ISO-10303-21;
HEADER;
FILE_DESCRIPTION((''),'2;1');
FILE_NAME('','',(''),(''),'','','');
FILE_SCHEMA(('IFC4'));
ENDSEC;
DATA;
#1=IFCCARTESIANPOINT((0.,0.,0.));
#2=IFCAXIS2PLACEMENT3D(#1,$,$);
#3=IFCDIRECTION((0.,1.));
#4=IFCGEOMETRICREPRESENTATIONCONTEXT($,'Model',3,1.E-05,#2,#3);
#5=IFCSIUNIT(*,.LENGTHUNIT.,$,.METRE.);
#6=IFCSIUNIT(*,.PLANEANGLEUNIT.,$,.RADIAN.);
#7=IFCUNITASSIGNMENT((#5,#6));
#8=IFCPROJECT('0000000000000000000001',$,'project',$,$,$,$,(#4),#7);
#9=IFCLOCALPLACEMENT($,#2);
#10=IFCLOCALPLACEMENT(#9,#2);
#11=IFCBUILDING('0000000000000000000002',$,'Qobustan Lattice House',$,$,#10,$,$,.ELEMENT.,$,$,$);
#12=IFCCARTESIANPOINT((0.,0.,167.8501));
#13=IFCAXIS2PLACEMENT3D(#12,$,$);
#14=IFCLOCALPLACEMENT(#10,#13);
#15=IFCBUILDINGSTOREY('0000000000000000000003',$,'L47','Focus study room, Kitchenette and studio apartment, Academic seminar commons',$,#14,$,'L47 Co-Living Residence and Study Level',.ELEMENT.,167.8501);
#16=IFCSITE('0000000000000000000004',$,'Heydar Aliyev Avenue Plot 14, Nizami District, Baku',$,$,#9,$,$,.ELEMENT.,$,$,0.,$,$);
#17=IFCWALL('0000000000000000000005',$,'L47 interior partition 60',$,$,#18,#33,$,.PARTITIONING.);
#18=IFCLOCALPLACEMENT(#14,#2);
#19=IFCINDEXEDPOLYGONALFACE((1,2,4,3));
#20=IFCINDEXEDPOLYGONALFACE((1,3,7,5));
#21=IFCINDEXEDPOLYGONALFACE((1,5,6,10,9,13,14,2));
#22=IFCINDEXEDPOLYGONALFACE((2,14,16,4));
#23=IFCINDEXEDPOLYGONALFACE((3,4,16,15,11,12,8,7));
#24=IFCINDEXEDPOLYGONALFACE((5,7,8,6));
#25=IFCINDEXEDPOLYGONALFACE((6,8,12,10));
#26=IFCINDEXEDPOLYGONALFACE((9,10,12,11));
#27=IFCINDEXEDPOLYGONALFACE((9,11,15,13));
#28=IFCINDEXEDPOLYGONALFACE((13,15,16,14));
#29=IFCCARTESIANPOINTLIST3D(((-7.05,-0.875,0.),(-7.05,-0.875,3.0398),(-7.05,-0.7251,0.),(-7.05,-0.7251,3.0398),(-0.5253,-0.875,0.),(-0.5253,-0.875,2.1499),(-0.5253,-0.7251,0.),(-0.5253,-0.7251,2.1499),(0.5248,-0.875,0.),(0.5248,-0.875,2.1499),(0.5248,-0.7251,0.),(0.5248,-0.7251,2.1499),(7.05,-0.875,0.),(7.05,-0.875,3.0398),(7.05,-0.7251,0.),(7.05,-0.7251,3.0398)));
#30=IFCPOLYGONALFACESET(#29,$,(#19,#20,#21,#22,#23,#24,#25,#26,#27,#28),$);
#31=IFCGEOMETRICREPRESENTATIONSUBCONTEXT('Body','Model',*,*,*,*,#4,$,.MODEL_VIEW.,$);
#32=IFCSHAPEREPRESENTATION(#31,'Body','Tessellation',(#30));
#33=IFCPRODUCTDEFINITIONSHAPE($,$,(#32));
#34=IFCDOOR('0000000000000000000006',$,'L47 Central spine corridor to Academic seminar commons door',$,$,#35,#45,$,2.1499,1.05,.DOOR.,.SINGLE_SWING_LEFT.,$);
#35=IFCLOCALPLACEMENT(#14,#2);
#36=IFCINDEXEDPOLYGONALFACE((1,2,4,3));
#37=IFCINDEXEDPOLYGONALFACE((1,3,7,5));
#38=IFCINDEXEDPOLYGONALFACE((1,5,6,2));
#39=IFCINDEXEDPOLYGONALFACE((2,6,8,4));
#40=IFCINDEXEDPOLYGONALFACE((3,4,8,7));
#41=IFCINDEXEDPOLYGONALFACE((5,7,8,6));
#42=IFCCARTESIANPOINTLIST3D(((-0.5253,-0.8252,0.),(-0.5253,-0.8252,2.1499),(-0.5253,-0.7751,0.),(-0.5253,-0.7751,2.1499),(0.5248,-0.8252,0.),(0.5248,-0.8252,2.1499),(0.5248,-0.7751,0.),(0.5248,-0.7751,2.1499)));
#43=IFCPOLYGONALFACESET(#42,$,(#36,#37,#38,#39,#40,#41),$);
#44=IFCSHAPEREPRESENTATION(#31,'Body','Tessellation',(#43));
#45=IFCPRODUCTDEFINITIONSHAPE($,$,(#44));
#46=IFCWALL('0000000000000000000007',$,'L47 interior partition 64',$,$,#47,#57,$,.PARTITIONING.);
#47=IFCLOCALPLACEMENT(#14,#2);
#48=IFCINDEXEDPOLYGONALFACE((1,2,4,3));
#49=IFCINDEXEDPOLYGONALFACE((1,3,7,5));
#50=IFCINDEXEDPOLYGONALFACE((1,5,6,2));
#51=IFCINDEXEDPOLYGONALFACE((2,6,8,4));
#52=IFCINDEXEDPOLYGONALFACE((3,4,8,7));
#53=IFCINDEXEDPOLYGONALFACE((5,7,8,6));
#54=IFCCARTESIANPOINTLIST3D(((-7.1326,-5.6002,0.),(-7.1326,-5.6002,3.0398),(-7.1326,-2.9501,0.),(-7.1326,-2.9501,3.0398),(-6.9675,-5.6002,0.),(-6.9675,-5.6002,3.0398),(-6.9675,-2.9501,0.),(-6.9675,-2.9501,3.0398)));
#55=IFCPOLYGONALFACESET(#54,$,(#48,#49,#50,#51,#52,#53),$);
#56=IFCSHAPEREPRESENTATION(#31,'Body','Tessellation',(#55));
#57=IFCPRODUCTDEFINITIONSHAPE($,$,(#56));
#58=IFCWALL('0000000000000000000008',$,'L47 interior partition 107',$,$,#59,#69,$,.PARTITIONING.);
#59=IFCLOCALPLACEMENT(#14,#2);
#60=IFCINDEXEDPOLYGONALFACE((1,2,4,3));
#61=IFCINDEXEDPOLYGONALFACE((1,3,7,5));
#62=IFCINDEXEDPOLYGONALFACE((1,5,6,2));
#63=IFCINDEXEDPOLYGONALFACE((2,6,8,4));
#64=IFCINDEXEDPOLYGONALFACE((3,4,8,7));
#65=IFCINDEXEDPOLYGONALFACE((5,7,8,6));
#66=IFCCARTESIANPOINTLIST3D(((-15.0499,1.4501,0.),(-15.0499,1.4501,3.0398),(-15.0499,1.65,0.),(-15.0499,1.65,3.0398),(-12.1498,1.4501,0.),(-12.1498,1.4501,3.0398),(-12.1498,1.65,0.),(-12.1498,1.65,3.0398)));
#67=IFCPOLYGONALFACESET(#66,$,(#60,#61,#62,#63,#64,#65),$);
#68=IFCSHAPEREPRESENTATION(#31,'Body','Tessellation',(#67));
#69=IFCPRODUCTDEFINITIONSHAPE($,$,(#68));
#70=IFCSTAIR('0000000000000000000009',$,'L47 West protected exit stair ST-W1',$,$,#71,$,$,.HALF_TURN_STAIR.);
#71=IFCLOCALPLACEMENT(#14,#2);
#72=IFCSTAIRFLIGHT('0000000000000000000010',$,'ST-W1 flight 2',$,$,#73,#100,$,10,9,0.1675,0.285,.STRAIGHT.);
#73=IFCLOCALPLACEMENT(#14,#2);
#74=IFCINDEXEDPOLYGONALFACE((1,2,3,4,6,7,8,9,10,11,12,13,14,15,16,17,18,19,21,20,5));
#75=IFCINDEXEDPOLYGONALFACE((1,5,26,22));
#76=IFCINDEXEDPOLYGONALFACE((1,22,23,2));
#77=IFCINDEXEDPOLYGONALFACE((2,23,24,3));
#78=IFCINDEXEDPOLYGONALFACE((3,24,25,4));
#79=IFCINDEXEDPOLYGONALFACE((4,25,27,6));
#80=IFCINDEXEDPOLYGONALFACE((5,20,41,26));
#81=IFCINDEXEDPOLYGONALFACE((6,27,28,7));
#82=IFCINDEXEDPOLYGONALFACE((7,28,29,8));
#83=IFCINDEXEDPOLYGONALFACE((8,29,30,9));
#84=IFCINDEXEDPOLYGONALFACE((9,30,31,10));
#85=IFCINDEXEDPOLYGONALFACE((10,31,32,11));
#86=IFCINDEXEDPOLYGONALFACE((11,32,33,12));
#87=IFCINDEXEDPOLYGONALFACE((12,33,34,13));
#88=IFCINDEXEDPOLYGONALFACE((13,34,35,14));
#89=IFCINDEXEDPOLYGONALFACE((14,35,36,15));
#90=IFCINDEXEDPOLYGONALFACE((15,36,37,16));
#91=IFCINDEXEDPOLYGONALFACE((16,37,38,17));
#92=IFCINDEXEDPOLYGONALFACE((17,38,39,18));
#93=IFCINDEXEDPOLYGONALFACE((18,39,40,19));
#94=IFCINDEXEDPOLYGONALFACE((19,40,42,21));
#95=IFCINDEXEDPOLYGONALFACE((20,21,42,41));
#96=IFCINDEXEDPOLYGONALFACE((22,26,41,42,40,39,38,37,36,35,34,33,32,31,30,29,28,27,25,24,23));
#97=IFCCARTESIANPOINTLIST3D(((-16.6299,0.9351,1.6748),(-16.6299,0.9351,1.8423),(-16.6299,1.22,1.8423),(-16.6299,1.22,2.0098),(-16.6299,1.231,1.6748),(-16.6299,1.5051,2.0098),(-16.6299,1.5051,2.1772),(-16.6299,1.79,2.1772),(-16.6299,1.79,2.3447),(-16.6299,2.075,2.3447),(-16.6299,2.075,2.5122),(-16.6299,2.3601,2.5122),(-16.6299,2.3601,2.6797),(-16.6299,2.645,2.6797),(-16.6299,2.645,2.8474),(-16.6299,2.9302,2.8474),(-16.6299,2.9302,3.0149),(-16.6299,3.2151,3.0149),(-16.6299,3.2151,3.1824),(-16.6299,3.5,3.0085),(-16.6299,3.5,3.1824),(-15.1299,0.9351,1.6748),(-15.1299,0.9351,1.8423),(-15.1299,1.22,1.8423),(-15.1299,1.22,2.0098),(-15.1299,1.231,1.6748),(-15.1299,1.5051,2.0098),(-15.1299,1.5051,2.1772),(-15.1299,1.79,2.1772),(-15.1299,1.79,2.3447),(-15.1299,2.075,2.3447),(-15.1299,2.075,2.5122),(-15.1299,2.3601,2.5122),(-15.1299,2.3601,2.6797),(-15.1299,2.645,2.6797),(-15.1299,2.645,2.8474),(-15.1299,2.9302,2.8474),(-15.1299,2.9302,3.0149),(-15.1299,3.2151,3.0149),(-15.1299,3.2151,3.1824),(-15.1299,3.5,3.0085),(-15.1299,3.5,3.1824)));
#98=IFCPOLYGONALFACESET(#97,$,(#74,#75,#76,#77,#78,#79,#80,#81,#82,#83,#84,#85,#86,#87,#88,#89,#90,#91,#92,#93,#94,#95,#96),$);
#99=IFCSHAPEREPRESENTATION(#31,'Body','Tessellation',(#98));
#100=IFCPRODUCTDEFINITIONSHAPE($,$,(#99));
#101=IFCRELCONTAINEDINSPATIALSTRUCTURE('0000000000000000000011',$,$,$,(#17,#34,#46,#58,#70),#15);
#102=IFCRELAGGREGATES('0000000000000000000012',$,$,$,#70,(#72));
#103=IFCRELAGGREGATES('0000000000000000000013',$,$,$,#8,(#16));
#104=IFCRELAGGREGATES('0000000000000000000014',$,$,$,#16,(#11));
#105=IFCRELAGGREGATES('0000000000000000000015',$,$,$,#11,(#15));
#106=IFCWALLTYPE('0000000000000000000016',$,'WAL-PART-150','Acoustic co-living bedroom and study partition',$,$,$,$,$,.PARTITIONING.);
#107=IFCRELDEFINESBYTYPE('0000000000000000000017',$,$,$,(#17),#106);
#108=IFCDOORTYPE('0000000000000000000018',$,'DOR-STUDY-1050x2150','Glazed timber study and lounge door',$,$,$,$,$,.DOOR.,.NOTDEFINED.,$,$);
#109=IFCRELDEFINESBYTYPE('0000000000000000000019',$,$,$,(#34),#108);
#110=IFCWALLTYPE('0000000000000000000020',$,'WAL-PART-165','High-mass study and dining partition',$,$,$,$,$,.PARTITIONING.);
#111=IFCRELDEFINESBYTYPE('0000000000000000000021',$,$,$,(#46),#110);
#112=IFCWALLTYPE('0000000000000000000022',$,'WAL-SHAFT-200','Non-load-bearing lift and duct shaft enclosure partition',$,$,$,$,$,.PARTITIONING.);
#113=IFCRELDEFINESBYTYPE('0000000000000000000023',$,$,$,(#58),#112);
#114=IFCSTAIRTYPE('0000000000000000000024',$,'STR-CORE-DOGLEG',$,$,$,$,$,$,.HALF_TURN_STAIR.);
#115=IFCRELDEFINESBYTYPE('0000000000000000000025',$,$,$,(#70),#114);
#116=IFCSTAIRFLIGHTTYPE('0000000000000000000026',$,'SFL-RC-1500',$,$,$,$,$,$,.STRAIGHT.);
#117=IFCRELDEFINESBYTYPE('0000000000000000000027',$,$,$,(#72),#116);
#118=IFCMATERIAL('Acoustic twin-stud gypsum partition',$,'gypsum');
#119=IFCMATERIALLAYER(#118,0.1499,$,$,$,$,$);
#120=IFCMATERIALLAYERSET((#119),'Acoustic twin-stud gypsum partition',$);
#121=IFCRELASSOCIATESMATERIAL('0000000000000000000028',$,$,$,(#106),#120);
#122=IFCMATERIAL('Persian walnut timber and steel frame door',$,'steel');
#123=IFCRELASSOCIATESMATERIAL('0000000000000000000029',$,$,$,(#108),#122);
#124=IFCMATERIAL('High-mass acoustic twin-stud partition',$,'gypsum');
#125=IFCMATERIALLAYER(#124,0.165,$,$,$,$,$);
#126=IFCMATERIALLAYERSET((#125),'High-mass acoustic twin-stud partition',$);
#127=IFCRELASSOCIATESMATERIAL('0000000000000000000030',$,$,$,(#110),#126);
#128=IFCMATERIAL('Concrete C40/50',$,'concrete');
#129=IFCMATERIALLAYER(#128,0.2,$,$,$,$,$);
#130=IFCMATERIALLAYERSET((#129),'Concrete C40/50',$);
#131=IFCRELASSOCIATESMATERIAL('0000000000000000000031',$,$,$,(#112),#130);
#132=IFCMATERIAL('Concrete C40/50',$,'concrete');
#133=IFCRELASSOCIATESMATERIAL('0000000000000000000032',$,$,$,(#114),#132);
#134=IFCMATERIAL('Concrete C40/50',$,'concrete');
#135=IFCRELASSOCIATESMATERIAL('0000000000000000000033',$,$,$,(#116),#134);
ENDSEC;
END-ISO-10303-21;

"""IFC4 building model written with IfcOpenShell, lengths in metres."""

from ifc_helpers import new_model, si_unit, direction, frame, frame_2d, origin, place, context, subcontext, project, spatial, polyline, rectangle, outline, extrude, material, layer, layer_set, type_object, element, fill, aggregate, save


model = new_model("IFC4")

# Units and contexts
model_context = context("Model", 3, precision=1e-05, world=origin(), true_north=direction((0.0, 1.0)))
body_context = subcontext(model_context, "Body", "Model", "MODEL_VIEW")
ifc_project = project(units=[si_unit("LENGTHUNIT", "METRE"), si_unit("PLANEANGLEUNIT", "RADIAN")], contexts=[model_context])

# Site, building, storey
site_placement = place(None, origin())
site = spatial("IfcSite", under=ifc_project, at=site_placement, Name="Heydar Aliyev Avenue Plot 14, Nizami District, Baku", CompositionType="ELEMENT", RefElevation=0.0)
building_placement = place(site_placement, origin())
building = spatial("IfcBuilding", under=site, at=building_placement, Name="Qobustan Lattice House", CompositionType="ELEMENT")
storey_placement = place(building_placement, frame((0.0, 0.0, 167.8501)))
storey = spatial("IfcBuildingStorey", under=building, at=storey_placement, Name="L47", Description="Focus study room, Kitchenette and studio apartment, Academic seminar commons", LongName="L47 Co-Living Residence and Study Level", CompositionType="ELEMENT", Elevation=167.8501)

# Wall, opening, door
ifc_material_1 = material(Name="Acoustic twin-stud gypsum partition", Category="gypsum")
ifc_layer_1 = layer(ifc_material_1, 0.1499)
ifc_layer_set_1 = layer_set([ifc_layer_1], Name="Acoustic twin-stud gypsum partition")
wall_type_1 = type_object("IfcWallType", Name="WAL-PART-150", Description="Acoustic co-living bedroom and study partition", PredefinedType="PARTITIONING", material=ifc_layer_set_1)
wall_1_placement = place(storey_placement, frame((-7.05, -0.8, 0.0), z_axis=(0.0, 0.0, 1.0), x_axis=(1.0, 0.0, 0.0)))
wall_1 = element("IfcWall", 1, at=wall_1_placement, inside=storey, type_object=wall_type_1, Name="L47 interior partition 60", PredefinedType="PARTITIONING", context=body_context, shape_type="SweptSolid", body=[
    extrude(rectangle(XDim=14.1001, YDim=0.1499, at=frame_2d((7.05, 0.0))), origin(), (0.0, 0.0, 1.0), 3.0398),
])
opening_1_placement = place(wall_1_placement, frame((6.5249, 0.0, 0.0)))
opening_1 = element("IfcOpeningElement", 2, at=opening_1_placement, cuts=wall_1, PredefinedType="OPENING", context=body_context, shape_type="SweptSolid", body=[
    extrude(rectangle(XDim=1.05, YDim=2.1499, at=frame_2d((0.5249, 1.075))), frame((0.0, 0.085, 0.0), z_axis=(0.0, -1.0, 0.0), x_axis=(1.0, 0.0, 0.0)), (0.0, 0.0, 1.0), 0.1699),
])
ifc_material_2 = material(Name="Persian walnut timber and steel frame door", Category="steel")
door_type_1 = type_object("IfcDoorType", Name="DOR-STUDY-1050x2150", Description="Glazed timber study and lounge door", OperationType="NOTDEFINED", PredefinedType="DOOR", material=ifc_material_2)
door_1_placement = place(opening_1_placement, origin())
door_1 = element("IfcDoor", 3, at=door_1_placement, inside=storey, type_object=door_type_1, Name="L47 Central spine corridor to Academic seminar commons door", OperationType="SINGLE_SWING_LEFT", OverallHeight=2.1499, OverallWidth=1.05, PredefinedType="DOOR", context=body_context, shape_type="SweptSolid", body=[
    extrude(rectangle(XDim=1.05, YDim=2.1499, at=frame_2d((0.5249, 1.075))), frame((0.0, 0.0249, 0.0), z_axis=(0.0, -1.0, 0.0), x_axis=(1.0, 0.0, 0.0)), (0.0, 0.0, 1.0), 0.05),
])
fill(opening_1, door_1)
ifc_material_3 = material(Name="High-mass acoustic twin-stud partition", Category="gypsum")
ifc_layer_2 = layer(ifc_material_3, 0.165)
ifc_layer_set_2 = layer_set([ifc_layer_2], Name="High-mass acoustic twin-stud partition")
wall_type_2 = type_object("IfcWallType", Name="WAL-PART-165", Description="High-mass study and dining partition", PredefinedType="PARTITIONING", material=ifc_layer_set_2)

# Walls
wall_2_placement = place(storey_placement, frame((-7.05, -2.95, 0.0), z_axis=(0.0, 0.0, 1.0), x_axis=(0.0, -1.0, 0.0)))
element("IfcWall", 4, at=wall_2_placement, inside=storey, type_object=wall_type_2, Name="L47 interior partition 64", PredefinedType="PARTITIONING", context=body_context, shape_type="SweptSolid", body=[
    extrude(rectangle(XDim=2.6501, YDim=0.165, at=frame_2d((1.3252, 0.0))), origin(), (0.0, 0.0, 1.0), 3.0398),
])
ifc_material_4 = material(Name="Concrete C40/50", Category="concrete")
ifc_layer_3 = layer(ifc_material_4, 0.2)
ifc_layer_set_3 = layer_set([ifc_layer_3], Name="Concrete C40/50")
wall_type_3 = type_object("IfcWallType", Name="WAL-SHAFT-200", Description="Non-load-bearing lift and duct shaft enclosure partition", PredefinedType="PARTITIONING", material=ifc_layer_set_3)
wall_3_placement = place(storey_placement, frame((-15.05, 1.55, 0.0), z_axis=(0.0, 0.0, 1.0), x_axis=(1.0, 0.0, 0.0)))
element("IfcWall", 5, at=wall_3_placement, inside=storey, type_object=wall_type_3, Name="L47 interior partition 107", PredefinedType="PARTITIONING", context=body_context, shape_type="SweptSolid", body=[
    extrude(rectangle(XDim=2.9001, YDim=0.2, at=frame_2d((1.4502, 0.0))), origin(), (0.0, 0.0, 1.0), 3.0398),
])

# Stair, stair flight
ifc_material_5 = material(Name="Concrete C40/50", Category="concrete")
stair_type = type_object("IfcStairType", Name="STR-CORE-DOGLEG", PredefinedType="HALF_TURN_STAIR", material=ifc_material_5)
stair_placement = place(storey_placement, origin())
stair = element("IfcStair", 6, at=stair_placement, inside=storey, type_object=stair_type, Name="L47 West protected exit stair ST-W1", PredefinedType="HALF_TURN_STAIR")
ifc_material_6 = material(Name="Concrete C40/50", Category="concrete")
stair_flight_type = type_object("IfcStairFlightType", Name="SFL-RC-1500", PredefinedType="STRAIGHT", material=ifc_material_6)
stair_flight_placement = place(storey_placement, frame((-15.8799, 0.9351, 1.6748), z_axis=(0.0, 0.0, 1.0), x_axis=(0.0, 1.0, 0.0)))
stair_flight = element("IfcStairFlight", 7, at=stair_flight_placement, type_object=stair_flight_type, Name="ST-W1 flight 2", NumberOfRisers=10, NumberOfTreads=9, PredefinedType="STRAIGHT", RiserHeight=0.1675, TreadLength=0.285, context=body_context, shape_type="SweptSolid", body=[
    extrude(outline(polyline([(0.0, 0.0), (0.0, 0.1675), (0.2849, 0.1675), (0.2849, 0.335), (0.5701, 0.335), (0.5701, 0.5024), (0.855, 0.5024), (0.855, 0.6699), (1.1399, 0.6699), (1.1399, 0.8374), (1.425, 0.8374), (1.425, 1.0049), (1.71, 1.0049), (1.71, 1.1726), (1.9951, 1.1726), (1.9951, 1.3401), (2.28, 1.3401), (2.28, 1.5076), (2.5649, 1.5076), (2.5649, 1.675), (2.5649, 1.3337), (0.2959, 0.0), (0.0, 0.0)])), frame((0.0, 0.75, 0.0), z_axis=(0.0, -1.0, 0.0), x_axis=(1.0, 0.0, 0.0)), (0.0, 0.0, 1.0), 1.5),
])
aggregate(stair, [stair_flight])

save(model, "model.ifc")
